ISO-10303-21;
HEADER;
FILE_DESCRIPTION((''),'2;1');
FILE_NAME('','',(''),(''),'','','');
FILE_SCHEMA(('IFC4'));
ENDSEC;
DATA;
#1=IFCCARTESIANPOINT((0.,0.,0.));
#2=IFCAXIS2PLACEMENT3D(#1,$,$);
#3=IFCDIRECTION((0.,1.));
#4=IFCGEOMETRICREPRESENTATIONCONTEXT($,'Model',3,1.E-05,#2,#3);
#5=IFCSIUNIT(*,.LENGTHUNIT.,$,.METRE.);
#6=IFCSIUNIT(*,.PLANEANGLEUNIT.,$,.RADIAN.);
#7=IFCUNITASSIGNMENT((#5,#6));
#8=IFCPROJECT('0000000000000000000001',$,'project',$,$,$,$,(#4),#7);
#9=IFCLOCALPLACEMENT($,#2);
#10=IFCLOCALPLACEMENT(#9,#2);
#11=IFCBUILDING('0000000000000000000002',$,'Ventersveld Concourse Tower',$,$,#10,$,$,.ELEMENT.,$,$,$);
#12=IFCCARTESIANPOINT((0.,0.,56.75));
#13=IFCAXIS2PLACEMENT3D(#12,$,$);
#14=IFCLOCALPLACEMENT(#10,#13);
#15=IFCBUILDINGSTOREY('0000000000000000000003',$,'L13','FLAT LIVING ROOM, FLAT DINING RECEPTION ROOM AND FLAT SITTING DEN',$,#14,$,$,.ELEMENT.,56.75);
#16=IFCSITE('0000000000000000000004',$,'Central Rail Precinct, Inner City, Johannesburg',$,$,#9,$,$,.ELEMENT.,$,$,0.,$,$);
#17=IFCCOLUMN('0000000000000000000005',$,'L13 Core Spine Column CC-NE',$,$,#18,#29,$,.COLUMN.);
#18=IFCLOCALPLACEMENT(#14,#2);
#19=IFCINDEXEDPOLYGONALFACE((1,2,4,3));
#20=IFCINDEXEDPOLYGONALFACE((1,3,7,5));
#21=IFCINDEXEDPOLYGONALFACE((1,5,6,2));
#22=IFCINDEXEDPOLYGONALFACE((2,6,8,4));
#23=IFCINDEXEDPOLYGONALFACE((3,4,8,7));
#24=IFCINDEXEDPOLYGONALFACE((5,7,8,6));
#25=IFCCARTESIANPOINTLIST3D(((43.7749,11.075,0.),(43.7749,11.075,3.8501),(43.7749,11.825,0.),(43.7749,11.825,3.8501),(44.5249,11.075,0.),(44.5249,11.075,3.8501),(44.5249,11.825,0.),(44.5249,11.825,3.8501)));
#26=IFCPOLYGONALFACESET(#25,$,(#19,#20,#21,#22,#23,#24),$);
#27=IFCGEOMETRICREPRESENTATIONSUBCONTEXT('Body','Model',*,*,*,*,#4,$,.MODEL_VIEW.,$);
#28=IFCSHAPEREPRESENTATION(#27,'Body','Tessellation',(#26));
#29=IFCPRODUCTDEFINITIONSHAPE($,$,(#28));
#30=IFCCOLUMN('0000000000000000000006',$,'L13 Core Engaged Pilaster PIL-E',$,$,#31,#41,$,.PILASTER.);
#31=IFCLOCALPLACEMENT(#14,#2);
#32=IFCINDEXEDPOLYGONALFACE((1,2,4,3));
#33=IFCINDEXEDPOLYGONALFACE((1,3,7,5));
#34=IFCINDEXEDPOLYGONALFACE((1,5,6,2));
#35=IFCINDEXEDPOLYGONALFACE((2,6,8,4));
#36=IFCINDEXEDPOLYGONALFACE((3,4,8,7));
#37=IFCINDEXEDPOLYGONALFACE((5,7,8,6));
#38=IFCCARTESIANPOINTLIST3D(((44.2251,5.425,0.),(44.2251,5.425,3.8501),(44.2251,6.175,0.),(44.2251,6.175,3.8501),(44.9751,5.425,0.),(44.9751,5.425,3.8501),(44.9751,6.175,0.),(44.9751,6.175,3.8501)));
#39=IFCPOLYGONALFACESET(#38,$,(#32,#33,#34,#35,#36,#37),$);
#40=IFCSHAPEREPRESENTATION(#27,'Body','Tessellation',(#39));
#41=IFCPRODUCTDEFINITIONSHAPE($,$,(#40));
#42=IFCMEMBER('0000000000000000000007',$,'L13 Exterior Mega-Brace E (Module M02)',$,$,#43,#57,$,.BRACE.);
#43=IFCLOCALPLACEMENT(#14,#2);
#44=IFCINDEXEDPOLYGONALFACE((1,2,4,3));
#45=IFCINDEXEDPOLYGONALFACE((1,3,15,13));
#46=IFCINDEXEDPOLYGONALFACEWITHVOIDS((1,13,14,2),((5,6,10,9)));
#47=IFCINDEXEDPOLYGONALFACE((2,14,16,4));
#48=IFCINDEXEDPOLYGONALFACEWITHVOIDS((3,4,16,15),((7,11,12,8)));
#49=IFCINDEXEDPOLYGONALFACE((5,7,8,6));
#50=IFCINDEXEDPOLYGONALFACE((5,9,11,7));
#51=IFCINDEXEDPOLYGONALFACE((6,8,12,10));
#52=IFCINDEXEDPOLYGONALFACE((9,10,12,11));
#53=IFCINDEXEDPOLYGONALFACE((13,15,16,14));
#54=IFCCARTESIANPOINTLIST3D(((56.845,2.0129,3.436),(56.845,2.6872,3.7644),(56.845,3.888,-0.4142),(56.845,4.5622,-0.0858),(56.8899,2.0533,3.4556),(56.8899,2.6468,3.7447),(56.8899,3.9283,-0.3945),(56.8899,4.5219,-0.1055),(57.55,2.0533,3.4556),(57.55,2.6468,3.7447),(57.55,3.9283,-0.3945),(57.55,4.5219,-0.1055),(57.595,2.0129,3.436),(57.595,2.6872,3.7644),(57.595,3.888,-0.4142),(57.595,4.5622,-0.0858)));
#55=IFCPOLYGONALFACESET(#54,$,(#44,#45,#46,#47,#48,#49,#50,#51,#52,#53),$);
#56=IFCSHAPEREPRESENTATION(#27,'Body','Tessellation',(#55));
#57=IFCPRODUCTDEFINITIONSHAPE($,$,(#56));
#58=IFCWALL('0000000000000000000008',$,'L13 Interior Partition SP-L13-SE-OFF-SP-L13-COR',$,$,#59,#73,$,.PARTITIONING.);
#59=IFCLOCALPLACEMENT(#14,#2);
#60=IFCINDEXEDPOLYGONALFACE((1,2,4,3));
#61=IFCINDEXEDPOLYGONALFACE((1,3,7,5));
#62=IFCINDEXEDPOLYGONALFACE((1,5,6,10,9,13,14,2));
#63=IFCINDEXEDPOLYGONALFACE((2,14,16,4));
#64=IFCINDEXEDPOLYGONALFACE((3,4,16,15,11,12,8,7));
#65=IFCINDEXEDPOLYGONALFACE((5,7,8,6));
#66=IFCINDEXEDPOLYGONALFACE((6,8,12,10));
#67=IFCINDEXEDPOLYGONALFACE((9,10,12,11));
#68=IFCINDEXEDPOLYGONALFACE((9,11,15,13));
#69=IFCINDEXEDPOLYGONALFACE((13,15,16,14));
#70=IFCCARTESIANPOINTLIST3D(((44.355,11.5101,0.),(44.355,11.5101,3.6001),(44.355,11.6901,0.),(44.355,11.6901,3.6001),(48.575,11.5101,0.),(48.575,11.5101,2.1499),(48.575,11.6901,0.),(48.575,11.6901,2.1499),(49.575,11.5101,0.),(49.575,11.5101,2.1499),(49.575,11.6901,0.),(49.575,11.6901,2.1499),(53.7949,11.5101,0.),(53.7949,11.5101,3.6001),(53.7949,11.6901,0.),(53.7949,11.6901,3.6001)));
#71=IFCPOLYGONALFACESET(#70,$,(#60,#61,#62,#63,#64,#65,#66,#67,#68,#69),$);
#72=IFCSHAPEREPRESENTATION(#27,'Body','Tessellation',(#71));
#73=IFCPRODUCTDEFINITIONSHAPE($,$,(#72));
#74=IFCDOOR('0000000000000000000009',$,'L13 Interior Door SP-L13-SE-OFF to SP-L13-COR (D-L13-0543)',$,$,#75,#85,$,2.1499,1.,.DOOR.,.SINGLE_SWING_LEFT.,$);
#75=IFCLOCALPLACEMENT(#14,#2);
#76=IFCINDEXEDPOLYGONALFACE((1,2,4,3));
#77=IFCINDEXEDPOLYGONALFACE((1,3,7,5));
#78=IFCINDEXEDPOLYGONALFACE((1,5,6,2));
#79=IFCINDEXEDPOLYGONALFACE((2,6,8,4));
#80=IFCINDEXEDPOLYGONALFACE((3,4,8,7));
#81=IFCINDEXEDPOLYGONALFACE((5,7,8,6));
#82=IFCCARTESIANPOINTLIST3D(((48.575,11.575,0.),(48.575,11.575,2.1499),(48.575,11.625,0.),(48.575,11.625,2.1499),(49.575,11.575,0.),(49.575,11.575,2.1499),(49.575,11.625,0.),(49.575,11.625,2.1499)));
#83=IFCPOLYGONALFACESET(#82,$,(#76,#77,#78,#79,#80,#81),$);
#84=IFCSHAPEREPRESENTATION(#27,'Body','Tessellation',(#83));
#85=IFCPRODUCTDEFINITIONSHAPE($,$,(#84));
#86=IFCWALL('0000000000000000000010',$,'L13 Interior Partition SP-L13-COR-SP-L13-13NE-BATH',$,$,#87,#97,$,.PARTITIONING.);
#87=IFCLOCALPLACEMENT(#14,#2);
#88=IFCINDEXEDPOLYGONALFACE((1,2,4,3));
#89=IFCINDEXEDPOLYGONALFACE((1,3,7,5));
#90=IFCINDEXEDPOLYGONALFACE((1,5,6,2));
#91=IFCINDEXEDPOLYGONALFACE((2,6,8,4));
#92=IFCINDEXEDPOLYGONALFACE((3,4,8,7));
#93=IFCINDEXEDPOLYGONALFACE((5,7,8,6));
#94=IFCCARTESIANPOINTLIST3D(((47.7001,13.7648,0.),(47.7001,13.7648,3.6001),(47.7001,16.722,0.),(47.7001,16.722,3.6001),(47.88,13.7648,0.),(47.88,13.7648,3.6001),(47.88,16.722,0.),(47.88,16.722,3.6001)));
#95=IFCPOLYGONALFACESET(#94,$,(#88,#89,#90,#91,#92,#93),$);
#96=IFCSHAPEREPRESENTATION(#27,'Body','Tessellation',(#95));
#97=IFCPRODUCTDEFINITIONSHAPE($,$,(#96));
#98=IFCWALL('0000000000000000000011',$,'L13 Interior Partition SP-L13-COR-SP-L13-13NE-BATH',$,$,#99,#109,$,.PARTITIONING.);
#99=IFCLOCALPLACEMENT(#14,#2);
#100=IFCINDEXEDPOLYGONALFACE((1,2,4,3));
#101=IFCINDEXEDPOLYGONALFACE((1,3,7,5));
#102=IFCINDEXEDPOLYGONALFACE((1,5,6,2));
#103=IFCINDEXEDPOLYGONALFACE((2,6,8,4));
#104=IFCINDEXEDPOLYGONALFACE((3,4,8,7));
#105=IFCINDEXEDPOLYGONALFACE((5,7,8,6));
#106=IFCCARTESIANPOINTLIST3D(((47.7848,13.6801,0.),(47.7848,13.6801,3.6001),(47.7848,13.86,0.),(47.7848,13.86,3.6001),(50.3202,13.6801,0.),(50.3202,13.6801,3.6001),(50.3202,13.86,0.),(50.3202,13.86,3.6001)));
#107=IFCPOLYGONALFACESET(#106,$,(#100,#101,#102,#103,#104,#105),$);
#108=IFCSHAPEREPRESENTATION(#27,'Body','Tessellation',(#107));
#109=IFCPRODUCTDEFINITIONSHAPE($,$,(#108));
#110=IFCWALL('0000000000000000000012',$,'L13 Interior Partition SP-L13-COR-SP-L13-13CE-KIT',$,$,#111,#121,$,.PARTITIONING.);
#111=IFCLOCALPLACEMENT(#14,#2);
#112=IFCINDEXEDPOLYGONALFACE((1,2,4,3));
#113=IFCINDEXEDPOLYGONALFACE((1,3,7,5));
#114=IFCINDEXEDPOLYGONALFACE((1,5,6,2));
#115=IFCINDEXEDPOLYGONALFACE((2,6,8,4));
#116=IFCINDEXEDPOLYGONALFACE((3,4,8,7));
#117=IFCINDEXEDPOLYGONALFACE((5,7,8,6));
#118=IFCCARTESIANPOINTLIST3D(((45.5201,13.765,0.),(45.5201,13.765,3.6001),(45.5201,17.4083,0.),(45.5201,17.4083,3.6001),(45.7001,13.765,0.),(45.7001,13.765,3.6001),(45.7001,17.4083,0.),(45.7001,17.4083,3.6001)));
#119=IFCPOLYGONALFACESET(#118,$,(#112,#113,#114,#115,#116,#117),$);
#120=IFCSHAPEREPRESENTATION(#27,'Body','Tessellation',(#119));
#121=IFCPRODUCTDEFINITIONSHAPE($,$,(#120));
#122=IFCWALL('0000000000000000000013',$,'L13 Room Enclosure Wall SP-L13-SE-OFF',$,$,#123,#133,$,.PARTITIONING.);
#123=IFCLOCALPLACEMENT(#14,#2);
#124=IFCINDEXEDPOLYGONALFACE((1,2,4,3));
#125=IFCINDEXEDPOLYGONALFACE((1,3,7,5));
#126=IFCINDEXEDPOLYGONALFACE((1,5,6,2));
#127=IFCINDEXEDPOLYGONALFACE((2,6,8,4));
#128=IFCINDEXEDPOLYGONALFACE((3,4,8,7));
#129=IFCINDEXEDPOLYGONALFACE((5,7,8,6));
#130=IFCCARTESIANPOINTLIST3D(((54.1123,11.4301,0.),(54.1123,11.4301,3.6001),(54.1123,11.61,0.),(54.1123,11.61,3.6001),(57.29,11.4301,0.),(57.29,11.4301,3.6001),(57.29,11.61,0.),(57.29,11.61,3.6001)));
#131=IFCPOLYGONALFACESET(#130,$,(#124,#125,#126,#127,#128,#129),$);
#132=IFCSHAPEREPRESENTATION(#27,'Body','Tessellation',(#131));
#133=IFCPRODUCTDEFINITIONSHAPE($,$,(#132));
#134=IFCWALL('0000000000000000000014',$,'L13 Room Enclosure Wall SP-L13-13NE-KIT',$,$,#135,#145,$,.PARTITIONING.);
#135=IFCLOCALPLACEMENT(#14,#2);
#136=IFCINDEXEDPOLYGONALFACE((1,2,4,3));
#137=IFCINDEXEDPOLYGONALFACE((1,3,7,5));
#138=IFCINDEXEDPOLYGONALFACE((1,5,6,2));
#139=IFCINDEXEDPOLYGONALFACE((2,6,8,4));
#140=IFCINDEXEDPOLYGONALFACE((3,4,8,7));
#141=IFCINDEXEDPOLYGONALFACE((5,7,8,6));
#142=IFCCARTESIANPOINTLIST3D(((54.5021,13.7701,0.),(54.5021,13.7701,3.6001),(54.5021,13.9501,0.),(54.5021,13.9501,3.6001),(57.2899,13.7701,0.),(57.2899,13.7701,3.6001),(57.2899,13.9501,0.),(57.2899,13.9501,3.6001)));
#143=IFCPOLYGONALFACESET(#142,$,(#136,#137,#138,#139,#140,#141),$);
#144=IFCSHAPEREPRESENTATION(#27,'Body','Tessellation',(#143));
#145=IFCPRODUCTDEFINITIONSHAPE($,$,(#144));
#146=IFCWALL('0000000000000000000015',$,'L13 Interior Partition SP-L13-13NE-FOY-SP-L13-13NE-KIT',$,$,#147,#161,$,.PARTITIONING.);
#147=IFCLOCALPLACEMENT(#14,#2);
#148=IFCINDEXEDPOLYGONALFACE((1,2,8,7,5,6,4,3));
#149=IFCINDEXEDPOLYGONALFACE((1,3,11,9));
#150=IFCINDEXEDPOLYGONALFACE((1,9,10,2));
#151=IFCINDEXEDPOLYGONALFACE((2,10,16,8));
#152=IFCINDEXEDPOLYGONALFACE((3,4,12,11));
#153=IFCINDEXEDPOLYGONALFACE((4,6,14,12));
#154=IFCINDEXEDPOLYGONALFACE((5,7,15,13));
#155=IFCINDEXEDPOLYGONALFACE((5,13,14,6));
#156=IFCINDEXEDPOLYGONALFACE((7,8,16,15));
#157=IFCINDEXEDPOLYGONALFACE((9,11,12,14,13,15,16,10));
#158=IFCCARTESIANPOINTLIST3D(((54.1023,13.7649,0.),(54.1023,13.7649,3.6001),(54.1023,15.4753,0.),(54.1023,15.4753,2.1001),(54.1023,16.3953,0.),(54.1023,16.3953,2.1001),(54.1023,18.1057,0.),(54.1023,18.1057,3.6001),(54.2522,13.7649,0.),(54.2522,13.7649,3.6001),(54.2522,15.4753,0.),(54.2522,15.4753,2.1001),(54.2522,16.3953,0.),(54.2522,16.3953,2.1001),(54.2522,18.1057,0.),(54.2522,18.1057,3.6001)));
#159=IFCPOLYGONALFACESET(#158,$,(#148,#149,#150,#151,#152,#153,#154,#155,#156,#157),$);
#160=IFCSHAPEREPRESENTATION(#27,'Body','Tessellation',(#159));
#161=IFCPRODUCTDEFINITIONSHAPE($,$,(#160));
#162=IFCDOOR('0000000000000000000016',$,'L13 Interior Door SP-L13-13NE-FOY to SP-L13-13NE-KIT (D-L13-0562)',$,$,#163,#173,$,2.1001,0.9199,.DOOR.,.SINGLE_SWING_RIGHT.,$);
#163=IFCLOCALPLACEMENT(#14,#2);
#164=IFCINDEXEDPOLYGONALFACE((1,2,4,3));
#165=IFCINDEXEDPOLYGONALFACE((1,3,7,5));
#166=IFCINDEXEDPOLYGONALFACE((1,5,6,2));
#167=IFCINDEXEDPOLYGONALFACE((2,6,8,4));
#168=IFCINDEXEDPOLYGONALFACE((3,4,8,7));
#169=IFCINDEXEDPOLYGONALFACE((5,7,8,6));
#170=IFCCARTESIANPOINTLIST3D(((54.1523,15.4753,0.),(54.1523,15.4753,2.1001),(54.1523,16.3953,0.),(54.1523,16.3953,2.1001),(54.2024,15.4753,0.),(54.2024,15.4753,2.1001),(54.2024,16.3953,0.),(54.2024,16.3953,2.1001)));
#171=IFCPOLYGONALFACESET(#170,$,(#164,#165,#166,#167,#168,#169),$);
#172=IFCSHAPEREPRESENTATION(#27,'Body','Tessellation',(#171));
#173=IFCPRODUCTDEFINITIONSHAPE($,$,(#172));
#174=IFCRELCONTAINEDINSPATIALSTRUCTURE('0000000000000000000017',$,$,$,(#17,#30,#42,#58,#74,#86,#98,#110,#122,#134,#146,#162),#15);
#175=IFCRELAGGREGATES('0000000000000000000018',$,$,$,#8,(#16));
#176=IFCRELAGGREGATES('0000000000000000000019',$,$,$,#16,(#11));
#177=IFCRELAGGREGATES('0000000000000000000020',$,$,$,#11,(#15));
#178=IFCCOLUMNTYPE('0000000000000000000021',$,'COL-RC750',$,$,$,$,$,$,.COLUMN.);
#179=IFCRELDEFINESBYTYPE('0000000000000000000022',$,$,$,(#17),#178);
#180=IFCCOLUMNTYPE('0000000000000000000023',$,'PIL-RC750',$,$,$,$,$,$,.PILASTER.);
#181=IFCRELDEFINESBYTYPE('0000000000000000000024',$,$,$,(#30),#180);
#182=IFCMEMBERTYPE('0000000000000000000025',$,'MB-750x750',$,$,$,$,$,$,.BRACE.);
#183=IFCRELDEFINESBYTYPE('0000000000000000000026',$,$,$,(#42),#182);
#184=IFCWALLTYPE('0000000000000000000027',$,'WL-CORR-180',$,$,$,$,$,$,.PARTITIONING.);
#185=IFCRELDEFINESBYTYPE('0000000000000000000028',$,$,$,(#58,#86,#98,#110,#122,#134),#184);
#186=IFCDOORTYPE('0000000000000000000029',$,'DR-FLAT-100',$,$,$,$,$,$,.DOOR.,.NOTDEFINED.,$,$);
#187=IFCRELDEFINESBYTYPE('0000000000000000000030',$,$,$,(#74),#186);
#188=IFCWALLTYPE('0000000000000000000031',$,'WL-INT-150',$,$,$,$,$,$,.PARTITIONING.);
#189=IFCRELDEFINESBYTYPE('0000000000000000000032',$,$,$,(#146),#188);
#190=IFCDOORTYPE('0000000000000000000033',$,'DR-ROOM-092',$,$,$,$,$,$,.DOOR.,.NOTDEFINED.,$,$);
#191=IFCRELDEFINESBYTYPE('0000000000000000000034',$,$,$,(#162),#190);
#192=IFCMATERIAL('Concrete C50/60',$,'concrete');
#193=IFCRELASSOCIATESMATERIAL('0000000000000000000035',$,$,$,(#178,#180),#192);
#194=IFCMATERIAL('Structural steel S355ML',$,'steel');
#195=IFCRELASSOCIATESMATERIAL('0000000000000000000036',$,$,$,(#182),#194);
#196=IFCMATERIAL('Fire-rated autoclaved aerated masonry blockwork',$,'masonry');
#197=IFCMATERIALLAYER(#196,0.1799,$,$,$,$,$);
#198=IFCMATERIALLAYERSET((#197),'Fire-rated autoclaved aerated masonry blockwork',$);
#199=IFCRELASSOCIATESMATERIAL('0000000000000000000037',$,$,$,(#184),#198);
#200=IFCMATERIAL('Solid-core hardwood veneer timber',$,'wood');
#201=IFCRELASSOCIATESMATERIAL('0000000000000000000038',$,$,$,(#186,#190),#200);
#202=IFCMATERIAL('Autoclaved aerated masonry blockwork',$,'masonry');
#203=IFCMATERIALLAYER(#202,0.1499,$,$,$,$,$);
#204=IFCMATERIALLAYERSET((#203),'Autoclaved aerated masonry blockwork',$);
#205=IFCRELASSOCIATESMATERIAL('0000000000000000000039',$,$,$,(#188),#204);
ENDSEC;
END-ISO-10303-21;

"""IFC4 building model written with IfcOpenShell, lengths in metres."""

from ifc_helpers import new_model, si_unit, direction, frame, frame_2d, origin, origin_2d, place, context, subcontext, project, spatial, rectangle, hollow_rectangle, extrude, material, layer, layer_set, material_profile, profile_set, type_object, element, fill, save


model = new_model("IFC4")

# Units and contexts
model_context = context("Model", 3, precision=1e-05, world=origin(), true_north=direction((0.0, 1.0)))
body_context = subcontext(model_context, "Body", "Model", "MODEL_VIEW")
ifc_project = project(units=[si_unit("LENGTHUNIT", "METRE"), si_unit("PLANEANGLEUNIT", "RADIAN")], contexts=[model_context])

# Site, building, storey
site_placement = place(None, origin())
site = spatial("IfcSite", under=ifc_project, at=site_placement, Name="Central Rail Precinct, Inner City, Johannesburg", CompositionType="ELEMENT", RefElevation=0.0)
building_placement = place(site_placement, origin())
building = spatial("IfcBuilding", under=site, at=building_placement, Name="Ventersveld Concourse Tower", CompositionType="ELEMENT")
storey_placement = place(building_placement, frame((0.0, 0.0, 56.75)))
storey = spatial("IfcBuildingStorey", under=building, at=storey_placement, Name="L13", Description="FLAT LIVING ROOM, FLAT DINING RECEPTION ROOM AND FLAT SITTING DEN", CompositionType="ELEMENT", Elevation=56.75)

# Columns
ifc_material_1 = material(Name="Concrete C50/60", Category="concrete")
ifc_material_profile_1 = material_profile(ifc_material_1, rectangle(XDim=0.75, YDim=0.75, at=origin_2d()), Name="RC 750x750")
ifc_profile_set_1 = profile_set([ifc_material_profile_1], Name="Concrete C50/60")
column_type_1 = type_object("IfcColumnType", Name="COL-RC750", PredefinedType="COLUMN", material=ifc_profile_set_1)
column_1_placement = place(storey_placement, frame((44.1499, 11.45, 0.0), z_axis=(0.0, 0.0, 1.0), x_axis=(1.0, 0.0, 0.0)))
element("IfcColumn", 1, at=column_1_placement, inside=storey, type_object=column_type_1, Name="L13 Core Spine Column CC-NE", PredefinedType="COLUMN", context=body_context, shape_type="SweptSolid", body=[
    extrude(rectangle(XDim=0.75, YDim=0.75, at=origin_2d()), origin(), (0.0, 0.0, 1.0), 3.8501),
])
ifc_material_profile_2 = material_profile(ifc_material_1, rectangle(XDim=0.75, YDim=0.75, at=origin_2d()), Name="RC 750x750")
ifc_profile_set_2 = profile_set([ifc_material_profile_2], Name="Concrete C50/60")
column_type_2 = type_object("IfcColumnType", Name="PIL-RC750", PredefinedType="PILASTER", material=ifc_profile_set_2)
column_2_placement = place(storey_placement, frame((44.6001, 5.8, 0.0), z_axis=(0.0, 0.0, 1.0), x_axis=(1.0, 0.0, 0.0)))
element("IfcColumn", 2, at=column_2_placement, inside=storey, type_object=column_type_2, Name="L13 Core Engaged Pilaster PIL-E", PredefinedType="PILASTER", context=body_context, shape_type="SweptSolid", body=[
    extrude(rectangle(XDim=0.75, YDim=0.75, at=origin_2d()), origin(), (0.0, 0.0, 1.0), 3.8501),
])

# Member
ifc_material_2 = material(Name="Structural steel S355ML", Category="steel")
ifc_material_profile_3 = material_profile(ifc_material_2, hollow_rectangle(XDim=0.75, YDim=0.75, WallThickness=0.0449, at=origin_2d()), Name="BOX 750x750x45")
ifc_profile_set_3 = profile_set([ifc_material_profile_3], Name="Structural steel S355ML")
member_type = type_object("IfcMemberType", Name="MB-750x750", PredefinedType="BRACE", material=ifc_profile_set_3)
member_placement = place(storey_placement, frame((57.22, 4.2251, -0.25), z_axis=(0.0, -0.437839, 0.899053), x_axis=(1.0, 0.0, 0.0)))
element("IfcMember", 3, at=member_placement, inside=storey, type_object=member_type, Name="L13 Exterior Mega-Brace E (Module M02)", PredefinedType="BRACE", context=body_context, shape_type="SweptSolid", body=[
    extrude(hollow_rectangle(XDim=0.75, YDim=0.75, WallThickness=0.0449, at=origin_2d()), origin(), (0.0, 0.0, 1.0), 4.2825),
])

# Wall, opening, door
ifc_material_3 = material(Name="Fire-rated autoclaved aerated masonry blockwork", Category="masonry")
ifc_layer_1 = layer(ifc_material_3, 0.1799)
ifc_layer_set_1 = layer_set([ifc_layer_1], Name="Fire-rated autoclaved aerated masonry blockwork")
wall_type_1 = type_object("IfcWallType", Name="WL-CORR-180", PredefinedType="PARTITIONING", material=ifc_layer_set_1)
wall_1_placement = place(storey_placement, frame((44.355, 11.6001, 0.0), z_axis=(0.0, 0.0, 1.0), x_axis=(1.0, 0.0, 0.0)))
wall_1 = element("IfcWall", 4, at=wall_1_placement, inside=storey, type_object=wall_type_1, Name="L13 Interior Partition SP-L13-SE-OFF-SP-L13-COR", PredefinedType="PARTITIONING", context=body_context, shape_type="SweptSolid", body=[
    extrude(rectangle(XDim=9.4399, YDim=0.1799, at=frame_2d((4.72, 0.0))), origin(), (0.0, 0.0, 1.0), 3.6001),
])
opening_1_placement = place(wall_1_placement, frame((4.22, 0.0, 0.0)))
opening_1 = element("IfcOpeningElement", 5, at=opening_1_placement, cuts=wall_1, PredefinedType="OPENING", context=body_context, shape_type="SweptSolid", body=[
    extrude(rectangle(XDim=1.0, YDim=2.1499, at=frame_2d((0.5, 1.075))), frame((0.0, 0.1001, 0.0), z_axis=(0.0, -1.0, 0.0), x_axis=(1.0, 0.0, 0.0)), (0.0, 0.0, 1.0), 0.2),
])
ifc_material_4 = material(Name="Solid-core hardwood veneer timber", Category="wood")
door_type_1 = type_object("IfcDoorType", Name="DR-FLAT-100", OperationType="NOTDEFINED", PredefinedType="DOOR", material=ifc_material_4)
door_1_placement = place(opening_1_placement, origin())
door_1 = element("IfcDoor", 6, at=door_1_placement, inside=storey, type_object=door_type_1, Name="L13 Interior Door SP-L13-SE-OFF to SP-L13-COR (D-L13-0543)", OperationType="SINGLE_SWING_LEFT", OverallHeight=2.1499, OverallWidth=1.0, PredefinedType="DOOR", context=body_context, shape_type="SweptSolid", body=[
    extrude(rectangle(XDim=1.0, YDim=2.1499, at=frame_2d((0.5, 1.075))), frame((0.0, 0.0249, 0.0), z_axis=(0.0, -1.0, 0.0), x_axis=(1.0, 0.0, 0.0)), (0.0, 0.0, 1.0), 0.05),
])
fill(opening_1, door_1)

# Walls
wall_2_placement = place(storey_placement, frame((47.79, 13.7649, 0.0), z_axis=(0.0, 0.0, 1.0), x_axis=(0.0, 1.0, 0.0)))
element("IfcWall", 7, at=wall_2_placement, inside=storey, type_object=wall_type_1, Name="L13 Interior Partition SP-L13-COR-SP-L13-13NE-BATH", PredefinedType="PARTITIONING", context=body_context, shape_type="SweptSolid", body=[
    extrude(rectangle(XDim=2.9573, YDim=0.1799, at=frame_2d((1.4785, 0.0))), origin(), (0.0, 0.0, 1.0), 3.6001),
])
wall_3_placement = place(storey_placement, frame((47.7849, 13.77, 0.0), z_axis=(0.0, 0.0, 1.0), x_axis=(1.0, 0.0, 0.0)))
element("IfcWall", 8, at=wall_3_placement, inside=storey, type_object=wall_type_1, Name="L13 Interior Partition SP-L13-COR-SP-L13-13NE-BATH", PredefinedType="PARTITIONING", context=body_context, shape_type="SweptSolid", body=[
    extrude(rectangle(XDim=2.5354, YDim=0.1799, at=frame_2d((1.2676, 0.0))), origin(), (0.0, 0.0, 1.0), 3.6001),
])
wall_4_placement = place(storey_placement, frame((45.6101, 13.7649, 0.0), z_axis=(0.0, 0.0, 1.0), x_axis=(0.0, 1.0, 0.0)))
element("IfcWall", 9, at=wall_4_placement, inside=storey, type_object=wall_type_1, Name="L13 Interior Partition SP-L13-COR-SP-L13-13CE-KIT", PredefinedType="PARTITIONING", context=body_context, shape_type="SweptSolid", body=[
    extrude(rectangle(XDim=3.6433, YDim=0.1799, at=frame_2d((1.8218, 0.0))), origin(), (0.0, 0.0, 1.0), 3.6001),
])
wall_5_placement = place(storey_placement, frame((54.1123, 11.52, 0.0), z_axis=(0.0, 0.0, 1.0), x_axis=(1.0, 0.0, 0.0)))
element("IfcWall", 10, at=wall_5_placement, inside=storey, type_object=wall_type_1, Name="L13 Room Enclosure Wall SP-L13-SE-OFF", PredefinedType="PARTITIONING", context=body_context, shape_type="SweptSolid", body=[
    extrude(rectangle(XDim=3.1777, YDim=0.1799, at=frame_2d((1.5889, 0.0))), origin(), (0.0, 0.0, 1.0), 3.6001),
])
wall_6_placement = place(storey_placement, frame((57.29, 13.8601, 0.0), z_axis=(0.0, 0.0, 1.0), x_axis=(-1.0, 0.0, 0.0)))
element("IfcWall", 11, at=wall_6_placement, inside=storey, type_object=wall_type_1, Name="L13 Room Enclosure Wall SP-L13-13NE-KIT", PredefinedType="PARTITIONING", context=body_context, shape_type="SweptSolid", body=[
    extrude(rectangle(XDim=2.7878, YDim=0.1799, at=frame_2d((1.394, 0.0))), origin(), (0.0, 0.0, 1.0), 3.6001),
])

# Wall, opening, door
ifc_material_5 = material(Name="Autoclaved aerated masonry blockwork", Category="masonry")
ifc_layer_2 = layer(ifc_material_5, 0.1499)
ifc_layer_set_2 = layer_set([ifc_layer_2], Name="Autoclaved aerated masonry blockwork")
wall_type_2 = type_object("IfcWallType", Name="WL-INT-150", PredefinedType="PARTITIONING", material=ifc_layer_set_2)
wall_7_placement = place(storey_placement, frame((54.1772, 13.7649, 0.0), z_axis=(0.0, 0.0, 1.0), x_axis=(0.0, 1.0, 0.0)))
wall_7 = element("IfcWall", 12, at=wall_7_placement, inside=storey, type_object=wall_type_2, Name="L13 Interior Partition SP-L13-13NE-FOY-SP-L13-13NE-KIT", PredefinedType="PARTITIONING", context=body_context, shape_type="SweptSolid", body=[
    extrude(rectangle(XDim=4.3408, YDim=0.1499, at=frame_2d((2.1704, 0.0))), origin(), (0.0, 0.0, 1.0), 3.6001),
])
opening_2_placement = place(wall_7_placement, frame((1.7104, 0.0, 0.0)))
opening_2 = element("IfcOpeningElement", 13, at=opening_2_placement, cuts=wall_7, PredefinedType="OPENING", context=body_context, shape_type="SweptSolid", body=[
    extrude(rectangle(XDim=0.9199, YDim=2.1001, at=frame_2d((0.46, 1.05))), frame((0.0, 0.085, 0.0), z_axis=(0.0, -1.0, 0.0), x_axis=(1.0, 0.0, 0.0)), (0.0, 0.0, 1.0), 0.1699),
])
door_type_2 = type_object("IfcDoorType", Name="DR-ROOM-092", OperationType="NOTDEFINED", PredefinedType="DOOR", material=ifc_material_4)
door_2_placement = place(opening_2_placement, origin())
door_2 = element("IfcDoor", 14, at=door_2_placement, inside=storey, type_object=door_type_2, Name="L13 Interior Door SP-L13-13NE-FOY to SP-L13-13NE-KIT (D-L13-0562)", OperationType="SINGLE_SWING_RIGHT", OverallHeight=2.1001, OverallWidth=0.9199, PredefinedType="DOOR", context=body_context, shape_type="SweptSolid", body=[
    extrude(rectangle(XDim=0.9199, YDim=2.1001, at=frame_2d((0.46, 1.05))), frame((0.0, 0.0249, 0.0), z_axis=(0.0, -1.0, 0.0), x_axis=(1.0, 0.0, 0.0)), (0.0, 0.0, 1.0), 0.05),
])
fill(opening_2, door_2)

save(model, "model.ifc")
